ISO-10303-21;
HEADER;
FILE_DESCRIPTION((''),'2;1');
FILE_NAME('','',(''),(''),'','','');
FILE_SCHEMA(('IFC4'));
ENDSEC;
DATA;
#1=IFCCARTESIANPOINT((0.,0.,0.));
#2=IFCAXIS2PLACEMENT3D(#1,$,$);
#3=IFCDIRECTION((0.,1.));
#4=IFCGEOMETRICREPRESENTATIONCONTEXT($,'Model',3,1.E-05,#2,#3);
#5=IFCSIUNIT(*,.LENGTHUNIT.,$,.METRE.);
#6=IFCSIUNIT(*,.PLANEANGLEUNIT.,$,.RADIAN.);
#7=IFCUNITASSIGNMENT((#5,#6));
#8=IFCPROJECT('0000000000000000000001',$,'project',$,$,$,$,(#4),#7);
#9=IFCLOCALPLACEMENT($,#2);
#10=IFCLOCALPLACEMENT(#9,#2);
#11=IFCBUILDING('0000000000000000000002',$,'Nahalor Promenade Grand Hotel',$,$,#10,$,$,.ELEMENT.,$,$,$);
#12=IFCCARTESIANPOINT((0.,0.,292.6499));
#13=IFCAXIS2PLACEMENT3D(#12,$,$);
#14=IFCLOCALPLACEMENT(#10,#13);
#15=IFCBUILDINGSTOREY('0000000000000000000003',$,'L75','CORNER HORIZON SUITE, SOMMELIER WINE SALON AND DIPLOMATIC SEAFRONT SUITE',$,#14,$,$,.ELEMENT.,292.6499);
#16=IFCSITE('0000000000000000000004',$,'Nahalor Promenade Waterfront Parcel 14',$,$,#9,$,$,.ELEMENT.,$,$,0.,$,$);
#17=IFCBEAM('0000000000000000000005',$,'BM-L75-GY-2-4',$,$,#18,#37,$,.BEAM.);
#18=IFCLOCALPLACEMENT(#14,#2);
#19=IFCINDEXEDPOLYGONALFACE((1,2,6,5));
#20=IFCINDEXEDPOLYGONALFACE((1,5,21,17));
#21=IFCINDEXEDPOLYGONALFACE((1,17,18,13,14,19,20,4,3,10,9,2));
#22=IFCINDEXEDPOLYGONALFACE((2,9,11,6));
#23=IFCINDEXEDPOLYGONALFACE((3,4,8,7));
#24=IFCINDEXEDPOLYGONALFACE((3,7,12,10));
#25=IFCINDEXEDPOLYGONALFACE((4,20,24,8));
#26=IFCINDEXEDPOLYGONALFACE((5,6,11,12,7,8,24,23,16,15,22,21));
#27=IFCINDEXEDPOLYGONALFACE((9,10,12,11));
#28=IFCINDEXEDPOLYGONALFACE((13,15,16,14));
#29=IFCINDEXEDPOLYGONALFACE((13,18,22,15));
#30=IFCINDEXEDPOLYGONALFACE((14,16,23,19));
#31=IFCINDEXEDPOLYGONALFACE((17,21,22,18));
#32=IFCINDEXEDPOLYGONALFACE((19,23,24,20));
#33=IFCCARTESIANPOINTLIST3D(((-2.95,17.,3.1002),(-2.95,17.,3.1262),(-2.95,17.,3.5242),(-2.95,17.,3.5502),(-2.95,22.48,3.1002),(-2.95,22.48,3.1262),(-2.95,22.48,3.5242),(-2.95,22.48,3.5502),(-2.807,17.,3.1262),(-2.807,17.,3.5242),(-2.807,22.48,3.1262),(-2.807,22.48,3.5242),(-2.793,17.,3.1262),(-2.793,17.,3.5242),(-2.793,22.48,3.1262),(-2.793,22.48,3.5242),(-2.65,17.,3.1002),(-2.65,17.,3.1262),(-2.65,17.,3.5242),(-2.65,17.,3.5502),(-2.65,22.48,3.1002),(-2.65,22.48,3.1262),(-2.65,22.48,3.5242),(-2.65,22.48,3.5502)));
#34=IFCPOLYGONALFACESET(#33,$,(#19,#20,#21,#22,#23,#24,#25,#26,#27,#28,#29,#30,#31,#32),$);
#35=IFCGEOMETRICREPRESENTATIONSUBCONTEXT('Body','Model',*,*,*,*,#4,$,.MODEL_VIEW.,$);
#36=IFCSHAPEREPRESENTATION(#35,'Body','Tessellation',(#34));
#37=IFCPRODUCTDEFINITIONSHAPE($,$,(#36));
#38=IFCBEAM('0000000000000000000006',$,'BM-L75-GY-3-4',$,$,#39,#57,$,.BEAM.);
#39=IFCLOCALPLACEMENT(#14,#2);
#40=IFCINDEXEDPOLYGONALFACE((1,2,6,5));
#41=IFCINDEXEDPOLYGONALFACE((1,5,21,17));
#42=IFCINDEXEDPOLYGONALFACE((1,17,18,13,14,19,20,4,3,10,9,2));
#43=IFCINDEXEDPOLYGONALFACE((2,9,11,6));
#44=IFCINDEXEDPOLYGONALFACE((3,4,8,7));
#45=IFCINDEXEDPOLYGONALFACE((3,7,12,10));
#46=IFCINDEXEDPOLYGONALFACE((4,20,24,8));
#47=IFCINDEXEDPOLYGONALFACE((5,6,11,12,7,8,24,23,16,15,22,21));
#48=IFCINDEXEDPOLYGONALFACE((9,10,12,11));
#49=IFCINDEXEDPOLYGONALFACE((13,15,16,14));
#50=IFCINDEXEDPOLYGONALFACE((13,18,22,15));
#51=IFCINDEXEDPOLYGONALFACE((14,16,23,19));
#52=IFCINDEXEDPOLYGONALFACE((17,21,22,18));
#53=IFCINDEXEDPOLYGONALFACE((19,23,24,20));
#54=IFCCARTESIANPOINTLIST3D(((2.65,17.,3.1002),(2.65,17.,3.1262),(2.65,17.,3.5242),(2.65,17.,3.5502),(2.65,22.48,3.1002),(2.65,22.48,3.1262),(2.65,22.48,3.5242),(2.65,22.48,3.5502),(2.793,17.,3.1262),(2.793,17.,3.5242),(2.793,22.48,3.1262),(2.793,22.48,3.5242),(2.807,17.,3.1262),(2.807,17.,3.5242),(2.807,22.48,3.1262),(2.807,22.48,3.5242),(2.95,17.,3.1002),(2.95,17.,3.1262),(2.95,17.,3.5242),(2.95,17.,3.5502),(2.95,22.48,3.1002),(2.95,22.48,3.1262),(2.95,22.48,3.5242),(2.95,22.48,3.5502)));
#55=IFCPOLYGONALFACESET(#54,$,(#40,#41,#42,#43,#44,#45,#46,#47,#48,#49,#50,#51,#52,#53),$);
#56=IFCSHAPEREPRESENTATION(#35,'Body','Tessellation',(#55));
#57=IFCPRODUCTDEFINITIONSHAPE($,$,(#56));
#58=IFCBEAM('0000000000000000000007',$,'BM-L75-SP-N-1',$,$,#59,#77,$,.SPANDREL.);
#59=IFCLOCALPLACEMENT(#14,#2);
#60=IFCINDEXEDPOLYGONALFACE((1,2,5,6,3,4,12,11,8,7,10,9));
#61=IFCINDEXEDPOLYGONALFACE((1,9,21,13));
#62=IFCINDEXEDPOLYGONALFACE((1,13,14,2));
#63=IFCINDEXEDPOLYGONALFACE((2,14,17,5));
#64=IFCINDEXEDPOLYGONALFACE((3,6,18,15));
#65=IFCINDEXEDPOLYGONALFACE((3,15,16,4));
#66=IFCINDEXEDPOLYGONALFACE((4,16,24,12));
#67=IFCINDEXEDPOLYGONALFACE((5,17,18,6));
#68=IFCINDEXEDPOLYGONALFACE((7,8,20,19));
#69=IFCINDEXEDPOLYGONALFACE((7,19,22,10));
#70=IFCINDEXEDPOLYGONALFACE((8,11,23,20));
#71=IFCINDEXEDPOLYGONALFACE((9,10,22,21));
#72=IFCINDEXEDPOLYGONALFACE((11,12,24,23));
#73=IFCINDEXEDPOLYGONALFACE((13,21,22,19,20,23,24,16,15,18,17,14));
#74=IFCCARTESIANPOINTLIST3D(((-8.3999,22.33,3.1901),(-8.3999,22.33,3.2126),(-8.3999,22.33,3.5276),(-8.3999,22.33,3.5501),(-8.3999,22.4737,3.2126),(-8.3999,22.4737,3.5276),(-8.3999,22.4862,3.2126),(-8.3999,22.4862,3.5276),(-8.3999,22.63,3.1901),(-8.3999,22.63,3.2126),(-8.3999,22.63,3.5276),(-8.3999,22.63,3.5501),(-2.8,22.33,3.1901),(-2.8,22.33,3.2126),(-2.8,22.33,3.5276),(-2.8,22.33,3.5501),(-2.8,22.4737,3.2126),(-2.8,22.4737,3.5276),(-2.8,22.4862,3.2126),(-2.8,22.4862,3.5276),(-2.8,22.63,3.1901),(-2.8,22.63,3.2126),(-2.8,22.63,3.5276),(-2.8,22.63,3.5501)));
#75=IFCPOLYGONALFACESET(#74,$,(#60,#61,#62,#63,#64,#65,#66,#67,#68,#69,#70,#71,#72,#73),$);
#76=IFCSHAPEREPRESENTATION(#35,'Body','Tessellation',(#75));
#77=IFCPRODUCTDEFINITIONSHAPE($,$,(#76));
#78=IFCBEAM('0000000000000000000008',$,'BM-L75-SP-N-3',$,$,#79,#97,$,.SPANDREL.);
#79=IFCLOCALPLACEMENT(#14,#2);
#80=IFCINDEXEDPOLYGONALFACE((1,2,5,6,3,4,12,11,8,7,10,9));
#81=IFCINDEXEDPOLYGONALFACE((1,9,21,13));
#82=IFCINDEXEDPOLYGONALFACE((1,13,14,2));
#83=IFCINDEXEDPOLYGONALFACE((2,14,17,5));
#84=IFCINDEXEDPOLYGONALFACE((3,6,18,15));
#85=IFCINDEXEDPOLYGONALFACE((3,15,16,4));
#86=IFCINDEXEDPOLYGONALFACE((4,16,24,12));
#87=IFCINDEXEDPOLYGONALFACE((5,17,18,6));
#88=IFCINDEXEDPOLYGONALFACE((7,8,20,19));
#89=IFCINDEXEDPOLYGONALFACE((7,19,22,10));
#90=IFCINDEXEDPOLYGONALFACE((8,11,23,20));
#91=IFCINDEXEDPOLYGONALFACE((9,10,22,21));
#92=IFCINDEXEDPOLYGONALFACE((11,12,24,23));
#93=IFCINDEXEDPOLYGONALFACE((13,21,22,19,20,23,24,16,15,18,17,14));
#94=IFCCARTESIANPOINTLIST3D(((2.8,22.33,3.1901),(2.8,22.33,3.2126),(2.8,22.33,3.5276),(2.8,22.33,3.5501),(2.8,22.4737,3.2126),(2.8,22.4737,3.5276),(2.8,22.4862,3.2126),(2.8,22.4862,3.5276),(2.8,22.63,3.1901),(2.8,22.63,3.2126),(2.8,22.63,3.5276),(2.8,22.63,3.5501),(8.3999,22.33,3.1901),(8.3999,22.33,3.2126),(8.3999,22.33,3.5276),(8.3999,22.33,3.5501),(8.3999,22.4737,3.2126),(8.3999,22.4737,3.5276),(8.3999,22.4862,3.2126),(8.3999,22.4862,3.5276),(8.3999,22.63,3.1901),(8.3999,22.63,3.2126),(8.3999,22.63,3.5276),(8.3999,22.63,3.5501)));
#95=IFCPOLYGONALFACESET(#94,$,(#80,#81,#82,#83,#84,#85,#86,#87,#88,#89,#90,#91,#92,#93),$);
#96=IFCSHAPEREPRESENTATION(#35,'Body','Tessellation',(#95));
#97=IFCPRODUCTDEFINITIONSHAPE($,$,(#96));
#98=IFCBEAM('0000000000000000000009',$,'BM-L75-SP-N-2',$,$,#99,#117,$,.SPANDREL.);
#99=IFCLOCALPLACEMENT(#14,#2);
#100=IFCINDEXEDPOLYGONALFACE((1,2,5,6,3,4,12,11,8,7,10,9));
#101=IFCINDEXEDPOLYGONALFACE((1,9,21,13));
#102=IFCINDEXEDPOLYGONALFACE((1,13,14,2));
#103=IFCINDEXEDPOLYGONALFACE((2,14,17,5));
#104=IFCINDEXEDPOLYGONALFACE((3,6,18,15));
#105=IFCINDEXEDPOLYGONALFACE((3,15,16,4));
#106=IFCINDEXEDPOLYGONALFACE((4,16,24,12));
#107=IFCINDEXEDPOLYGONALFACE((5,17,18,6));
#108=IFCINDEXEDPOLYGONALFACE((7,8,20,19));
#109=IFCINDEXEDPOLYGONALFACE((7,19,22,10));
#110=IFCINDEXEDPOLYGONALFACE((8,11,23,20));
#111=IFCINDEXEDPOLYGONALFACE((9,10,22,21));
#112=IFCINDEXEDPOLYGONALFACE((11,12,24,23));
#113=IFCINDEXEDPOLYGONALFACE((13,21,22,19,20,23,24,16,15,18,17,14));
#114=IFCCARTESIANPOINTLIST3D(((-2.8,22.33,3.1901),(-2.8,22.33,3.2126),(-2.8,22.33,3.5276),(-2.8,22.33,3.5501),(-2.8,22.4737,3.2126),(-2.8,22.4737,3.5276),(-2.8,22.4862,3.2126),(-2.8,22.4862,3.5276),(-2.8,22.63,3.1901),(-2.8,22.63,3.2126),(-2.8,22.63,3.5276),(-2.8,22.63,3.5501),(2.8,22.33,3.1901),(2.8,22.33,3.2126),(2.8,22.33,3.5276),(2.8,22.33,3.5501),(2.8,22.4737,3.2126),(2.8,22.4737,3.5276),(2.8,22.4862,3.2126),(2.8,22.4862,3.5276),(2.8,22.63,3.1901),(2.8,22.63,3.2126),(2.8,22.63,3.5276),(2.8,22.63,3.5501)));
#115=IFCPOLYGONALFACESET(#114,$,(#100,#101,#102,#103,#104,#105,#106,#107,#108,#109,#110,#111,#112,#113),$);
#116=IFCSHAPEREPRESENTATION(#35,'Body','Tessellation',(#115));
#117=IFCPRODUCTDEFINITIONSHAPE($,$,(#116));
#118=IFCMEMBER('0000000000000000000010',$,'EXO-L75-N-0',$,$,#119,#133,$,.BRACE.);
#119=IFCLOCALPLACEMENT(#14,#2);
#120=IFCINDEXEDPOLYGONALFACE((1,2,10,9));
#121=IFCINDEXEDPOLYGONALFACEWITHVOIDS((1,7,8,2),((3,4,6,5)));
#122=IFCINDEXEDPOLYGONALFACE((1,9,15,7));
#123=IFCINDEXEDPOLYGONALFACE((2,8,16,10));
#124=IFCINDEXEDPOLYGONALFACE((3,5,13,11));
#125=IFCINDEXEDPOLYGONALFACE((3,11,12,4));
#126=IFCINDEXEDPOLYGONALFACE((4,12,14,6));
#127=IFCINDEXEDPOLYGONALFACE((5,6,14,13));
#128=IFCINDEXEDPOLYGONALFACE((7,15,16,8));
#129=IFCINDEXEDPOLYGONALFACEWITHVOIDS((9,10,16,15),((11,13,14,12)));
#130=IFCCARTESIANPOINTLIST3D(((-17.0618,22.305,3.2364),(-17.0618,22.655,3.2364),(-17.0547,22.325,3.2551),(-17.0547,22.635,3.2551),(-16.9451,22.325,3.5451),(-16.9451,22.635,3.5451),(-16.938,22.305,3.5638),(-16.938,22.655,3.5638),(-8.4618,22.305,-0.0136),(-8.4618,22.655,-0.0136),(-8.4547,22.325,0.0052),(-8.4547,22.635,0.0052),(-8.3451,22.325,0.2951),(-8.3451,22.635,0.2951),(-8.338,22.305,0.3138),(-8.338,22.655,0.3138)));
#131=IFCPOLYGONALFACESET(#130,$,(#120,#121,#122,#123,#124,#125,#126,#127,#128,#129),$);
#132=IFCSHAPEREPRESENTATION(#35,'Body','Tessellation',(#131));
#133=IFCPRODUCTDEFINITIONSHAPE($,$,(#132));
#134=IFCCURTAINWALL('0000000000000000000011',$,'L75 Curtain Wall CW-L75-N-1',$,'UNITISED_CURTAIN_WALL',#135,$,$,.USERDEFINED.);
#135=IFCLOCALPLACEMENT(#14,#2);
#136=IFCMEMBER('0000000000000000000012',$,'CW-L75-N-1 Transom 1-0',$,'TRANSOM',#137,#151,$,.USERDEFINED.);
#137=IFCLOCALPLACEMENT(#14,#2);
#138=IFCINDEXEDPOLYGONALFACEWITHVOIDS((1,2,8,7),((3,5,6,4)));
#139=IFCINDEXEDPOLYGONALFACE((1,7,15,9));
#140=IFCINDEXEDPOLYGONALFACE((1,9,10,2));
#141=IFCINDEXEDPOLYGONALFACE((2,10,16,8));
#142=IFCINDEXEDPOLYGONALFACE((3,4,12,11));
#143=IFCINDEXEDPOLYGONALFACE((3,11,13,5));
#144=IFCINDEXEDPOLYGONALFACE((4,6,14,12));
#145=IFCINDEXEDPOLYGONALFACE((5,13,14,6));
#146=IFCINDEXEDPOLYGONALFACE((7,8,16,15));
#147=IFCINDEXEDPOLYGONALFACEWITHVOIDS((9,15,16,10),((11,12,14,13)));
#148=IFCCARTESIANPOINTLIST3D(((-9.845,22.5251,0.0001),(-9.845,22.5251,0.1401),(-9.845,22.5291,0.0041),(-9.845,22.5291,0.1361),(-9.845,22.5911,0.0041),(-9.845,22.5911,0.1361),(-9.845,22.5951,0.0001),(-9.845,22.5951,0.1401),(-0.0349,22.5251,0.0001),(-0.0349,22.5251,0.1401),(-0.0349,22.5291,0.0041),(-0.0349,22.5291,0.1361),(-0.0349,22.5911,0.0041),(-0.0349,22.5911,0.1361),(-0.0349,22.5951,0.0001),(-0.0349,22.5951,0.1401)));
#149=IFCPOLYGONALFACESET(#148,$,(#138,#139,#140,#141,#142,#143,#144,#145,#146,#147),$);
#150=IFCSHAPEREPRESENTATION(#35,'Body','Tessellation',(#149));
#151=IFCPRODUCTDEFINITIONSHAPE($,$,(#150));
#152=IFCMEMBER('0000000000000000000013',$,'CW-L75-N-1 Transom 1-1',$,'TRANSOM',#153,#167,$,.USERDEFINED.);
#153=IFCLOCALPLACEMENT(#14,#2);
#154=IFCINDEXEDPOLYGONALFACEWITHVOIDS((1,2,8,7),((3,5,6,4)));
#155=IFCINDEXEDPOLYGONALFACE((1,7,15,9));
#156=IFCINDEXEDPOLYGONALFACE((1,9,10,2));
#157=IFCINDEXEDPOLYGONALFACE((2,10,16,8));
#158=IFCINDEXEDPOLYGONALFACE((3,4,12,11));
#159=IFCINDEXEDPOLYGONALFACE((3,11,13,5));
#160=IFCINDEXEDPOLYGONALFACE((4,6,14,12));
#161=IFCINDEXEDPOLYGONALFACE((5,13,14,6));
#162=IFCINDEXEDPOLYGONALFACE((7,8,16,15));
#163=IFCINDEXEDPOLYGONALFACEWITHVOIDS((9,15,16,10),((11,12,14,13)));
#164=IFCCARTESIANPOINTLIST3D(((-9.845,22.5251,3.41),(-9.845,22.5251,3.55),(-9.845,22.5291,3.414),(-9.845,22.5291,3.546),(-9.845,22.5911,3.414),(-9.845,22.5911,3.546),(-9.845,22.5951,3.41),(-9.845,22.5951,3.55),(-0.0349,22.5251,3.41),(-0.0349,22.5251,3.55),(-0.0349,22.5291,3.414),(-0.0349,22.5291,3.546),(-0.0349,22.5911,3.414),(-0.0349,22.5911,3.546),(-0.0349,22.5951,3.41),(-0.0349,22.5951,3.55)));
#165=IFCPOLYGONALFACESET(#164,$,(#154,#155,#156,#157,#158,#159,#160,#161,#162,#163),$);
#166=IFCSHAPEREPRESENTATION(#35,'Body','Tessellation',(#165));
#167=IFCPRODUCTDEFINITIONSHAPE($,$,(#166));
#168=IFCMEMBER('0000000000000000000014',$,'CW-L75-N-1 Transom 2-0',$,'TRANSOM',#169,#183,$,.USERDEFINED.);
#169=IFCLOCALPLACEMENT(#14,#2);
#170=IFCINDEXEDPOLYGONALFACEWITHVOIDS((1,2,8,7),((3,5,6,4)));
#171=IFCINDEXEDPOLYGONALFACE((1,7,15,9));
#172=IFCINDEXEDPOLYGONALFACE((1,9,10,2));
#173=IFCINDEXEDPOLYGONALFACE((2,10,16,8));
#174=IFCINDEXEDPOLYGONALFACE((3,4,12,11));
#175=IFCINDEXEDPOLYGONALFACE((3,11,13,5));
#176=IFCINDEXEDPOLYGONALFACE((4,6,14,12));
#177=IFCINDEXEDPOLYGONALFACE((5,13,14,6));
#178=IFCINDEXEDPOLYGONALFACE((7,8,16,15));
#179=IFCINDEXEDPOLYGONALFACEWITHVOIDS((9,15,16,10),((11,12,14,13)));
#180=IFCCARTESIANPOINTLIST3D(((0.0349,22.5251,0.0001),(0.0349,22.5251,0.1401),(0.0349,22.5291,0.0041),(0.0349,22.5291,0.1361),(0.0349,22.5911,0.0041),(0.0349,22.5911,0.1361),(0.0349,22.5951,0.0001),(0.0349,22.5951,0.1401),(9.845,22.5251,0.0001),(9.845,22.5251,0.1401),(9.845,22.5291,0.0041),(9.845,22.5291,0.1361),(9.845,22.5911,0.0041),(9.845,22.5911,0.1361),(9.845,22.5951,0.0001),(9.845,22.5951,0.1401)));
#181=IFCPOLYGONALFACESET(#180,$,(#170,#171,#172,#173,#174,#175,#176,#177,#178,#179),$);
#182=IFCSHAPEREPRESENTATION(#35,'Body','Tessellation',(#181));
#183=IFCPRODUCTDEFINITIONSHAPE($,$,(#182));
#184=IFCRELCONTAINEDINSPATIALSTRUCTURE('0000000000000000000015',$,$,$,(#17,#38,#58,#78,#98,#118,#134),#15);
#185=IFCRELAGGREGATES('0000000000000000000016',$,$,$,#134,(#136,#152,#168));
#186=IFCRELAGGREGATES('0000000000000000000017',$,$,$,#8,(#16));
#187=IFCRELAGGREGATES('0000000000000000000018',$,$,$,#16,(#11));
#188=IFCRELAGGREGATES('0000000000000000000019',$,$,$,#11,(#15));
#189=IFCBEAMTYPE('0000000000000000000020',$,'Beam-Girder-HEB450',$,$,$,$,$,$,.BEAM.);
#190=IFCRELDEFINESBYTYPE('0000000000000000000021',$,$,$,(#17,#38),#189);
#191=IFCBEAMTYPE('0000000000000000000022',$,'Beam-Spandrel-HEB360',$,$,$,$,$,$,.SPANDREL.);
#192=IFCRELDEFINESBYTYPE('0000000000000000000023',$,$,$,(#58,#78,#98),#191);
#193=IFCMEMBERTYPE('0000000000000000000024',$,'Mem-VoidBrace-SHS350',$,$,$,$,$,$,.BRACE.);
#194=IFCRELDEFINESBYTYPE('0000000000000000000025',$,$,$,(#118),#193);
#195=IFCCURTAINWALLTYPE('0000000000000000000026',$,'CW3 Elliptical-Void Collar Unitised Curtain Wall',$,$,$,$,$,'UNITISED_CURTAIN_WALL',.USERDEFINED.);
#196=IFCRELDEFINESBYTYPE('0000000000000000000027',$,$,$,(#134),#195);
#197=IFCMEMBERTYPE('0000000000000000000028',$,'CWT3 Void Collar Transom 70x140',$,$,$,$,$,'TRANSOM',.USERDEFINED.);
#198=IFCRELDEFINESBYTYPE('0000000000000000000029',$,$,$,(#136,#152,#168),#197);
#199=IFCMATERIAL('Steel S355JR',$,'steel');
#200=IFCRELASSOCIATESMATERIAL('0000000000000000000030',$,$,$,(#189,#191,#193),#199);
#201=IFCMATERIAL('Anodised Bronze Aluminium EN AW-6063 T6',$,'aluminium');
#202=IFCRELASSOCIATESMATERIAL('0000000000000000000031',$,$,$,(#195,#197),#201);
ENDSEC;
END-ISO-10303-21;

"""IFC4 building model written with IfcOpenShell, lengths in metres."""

from ifc_helpers import new_model, si_unit, direction, frame, origin, origin_2d, place, context, subcontext, project, spatial, hollow_rectangle, i_section, extrude, source, transform, mapped, material, material_profile, profile_set, type_object, element, aggregate, save


model = new_model("IFC4")

# Units and contexts
model_context = context("Model", 3, precision=1e-05, world=origin(), true_north=direction((0.0, 1.0)))
body_context = subcontext(model_context, "Body", "Model", "MODEL_VIEW")
ifc_project = project(units=[si_unit("LENGTHUNIT", "METRE"), si_unit("PLANEANGLEUNIT", "RADIAN")], contexts=[model_context])

# Site, building, storey
site_placement = place(None, origin())
site = spatial("IfcSite", under=ifc_project, at=site_placement, Name="Nahalor Promenade Waterfront Parcel 14", CompositionType="ELEMENT", RefElevation=0.0)
building_placement = place(site_placement, origin())
building = spatial("IfcBuilding", under=site, at=building_placement, Name="Nahalor Promenade Grand Hotel", CompositionType="ELEMENT")
storey_placement = place(building_placement, frame((0.0, 0.0, 292.6499)))
storey = spatial("IfcBuildingStorey", under=building, at=storey_placement, Name="L75", Description="CORNER HORIZON SUITE, SOMMELIER WINE SALON AND DIPLOMATIC SEAFRONT SUITE", CompositionType="ELEMENT", Elevation=292.6499)

# Shared definitions
ifc_material_1 = material(Name="Steel S355JR", Category="steel")

# Beams
ifc_material_profile_1 = material_profile(ifc_material_1, i_section(OverallWidth=0.3, OverallDepth=0.45, WebThickness=0.014, FlangeThickness=0.026, at=origin_2d()), Name="HEB 450")
ifc_profile_set_1 = profile_set([ifc_material_profile_1], Name="Steel S355JR")
beam_type_1 = type_object("IfcBeamType", Name="Beam-Girder-HEB450", PredefinedType="BEAM", material=ifc_profile_set_1)
shared_shape_1 = source(origin(), body_context, "Body", "SweptSolid", [
    extrude(i_section(OverallWidth=0.3, OverallDepth=0.45, WebThickness=0.014, FlangeThickness=0.026, at=origin_2d()), origin(), (0.0, 0.0, 1.0), 5.48),
])
for number, where, z_axis, x_axis, name in (
    (1, (-2.8, 17.0, 3.3252), (0.0, 1.0, 0.0), (-1.0, 0.0, 0.0), "BM-L75-GY-2-4"),
    (2, (2.8, 17.0, 3.3252), (0.0, 1.0, 0.0), (-1.0, 0.0, 0.0), "BM-L75-GY-3-4"),
):
    element("IfcBeam", number, at=place(storey_placement, frame(where, z_axis=z_axis, x_axis=x_axis)), inside=storey, type_object=beam_type_1, Name=name, PredefinedType="BEAM", context=body_context, shape_type="MappedRepresentation", body=[
        mapped(shared_shape_1, transform((0.0, 0.0, 0.0), scale=1.0)),
    ])
ifc_material_profile_2 = material_profile(ifc_material_1, i_section(OverallWidth=0.3, OverallDepth=0.36, WebThickness=0.0125, FlangeThickness=0.0225, at=origin_2d()), Name="HEB 360")
ifc_profile_set_2 = profile_set([ifc_material_profile_2], Name="Steel S355JR")
beam_type_2 = type_object("IfcBeamType", Name="Beam-Spandrel-HEB360", PredefinedType="SPANDREL", material=ifc_profile_set_2)
shared_shape_2 = source(origin(), body_context, "Body", "SweptSolid", [
    extrude(i_section(OverallWidth=0.3, OverallDepth=0.36, WebThickness=0.0125, FlangeThickness=0.0225, at=origin_2d()), origin(), (0.0, 0.0, 1.0), 5.5999),
])
for number, where, z_axis, x_axis, name in (
    (3, (-8.3999, 22.48, 3.3701), (1.0, 0.0, 0.0), (0.0, 1.0, 0.0), "BM-L75-SP-N-1"),
    (4, (2.8, 22.48, 3.3701), (1.0, 0.0, 0.0), (0.0, 1.0, 0.0), "BM-L75-SP-N-3"),
):
    element("IfcBeam", number, at=place(storey_placement, frame(where, z_axis=z_axis, x_axis=x_axis)), inside=storey, type_object=beam_type_2, Name=name, PredefinedType="SPANDREL", context=body_context, shape_type="MappedRepresentation", body=[
        mapped(shared_shape_2, transform((0.0, 0.0, 0.0), scale=1.0)),
    ])
shared_shape_3 = source(origin(), body_context, "Body", "SweptSolid", [
    extrude(i_section(OverallWidth=0.3, OverallDepth=0.36, WebThickness=0.0125, FlangeThickness=0.0225, at=origin_2d()), origin(), (0.0, 0.0, 1.0), 5.6001),
])
beam_1_placement = place(storey_placement, frame((-2.8, 22.48, 3.3701), z_axis=(1.0, 0.0, 0.0), x_axis=(0.0, 1.0, 0.0)))
element("IfcBeam", 5, at=beam_1_placement, inside=storey, type_object=beam_type_2, Name="BM-L75-SP-N-2", PredefinedType="SPANDREL", context=body_context, shape_type="MappedRepresentation", body=[
    mapped(shared_shape_3, transform((0.0, 0.0, 0.0), scale=1.0)),
])

# Member
ifc_material_profile_3 = material_profile(ifc_material_1, hollow_rectangle(XDim=0.35, YDim=0.35, WallThickness=0.02, at=origin_2d()), Name="SHS 350x350x20")
ifc_profile_set_3 = profile_set([ifc_material_profile_3], Name="Steel S355JR")
member_type_1 = type_object("IfcMemberType", Name="Mem-VoidBrace-SHS350", PredefinedType="BRACE", material=ifc_profile_set_3)
shared_shape_4 = source(origin(), body_context, "Body", "SweptSolid", [
    extrude(hollow_rectangle(XDim=0.35, YDim=0.35, WallThickness=0.02, at=origin_2d()), origin(), (0.0, 0.0, 1.0), 9.1936),
])
member_1_placement = place(storey_placement, frame((-8.3999, 22.48, 0.1501), z_axis=(-0.935433, 0.0, 0.353503), x_axis=(0.0, -1.0, 0.0)))
element("IfcMember", 6, at=member_1_placement, inside=storey, type_object=member_type_1, Name="EXO-L75-N-0", PredefinedType="BRACE", context=body_context, shape_type="MappedRepresentation", body=[
    mapped(shared_shape_4, transform((0.0, 0.0, 0.0), scale=1.0)),
])

# Curtain wall, members
ifc_material_2 = material(Name="Anodised Bronze Aluminium EN AW-6063 T6", Category="aluminium")
curtain_wall_type = type_object("IfcCurtainWallType", Name="CW3 Elliptical-Void Collar Unitised Curtain Wall", ElementType="UNITISED_CURTAIN_WALL", PredefinedType="USERDEFINED", material=ifc_material_2)
curtain_wall_placement = place(storey_placement, origin())
curtain_wall = element("IfcCurtainWall", 7, at=curtain_wall_placement, inside=storey, type_object=curtain_wall_type, Name="L75 Curtain Wall CW-L75-N-1", ObjectType="UNITISED_CURTAIN_WALL", PredefinedType="USERDEFINED")
ifc_material_profile_4 = material_profile(ifc_material_2, hollow_rectangle(XDim=0.07, YDim=0.14, WallThickness=0.004, at=origin_2d()), Name="CWT 70x140x4")
ifc_profile_set_4 = profile_set([ifc_material_profile_4], Name="Anodised Bronze Aluminium EN AW-6063 T6")
member_type_2 = type_object("IfcMemberType", Name="CWT3 Void Collar Transom 70x140", ElementType="TRANSOM", PredefinedType="USERDEFINED", material=ifc_profile_set_4)
shared_shape_5 = source(origin(), body_context, "Body", "SweptSolid", [
    extrude(hollow_rectangle(XDim=0.07, YDim=0.14, WallThickness=0.004, at=origin_2d()), origin(), (0.0, 0.0, 1.0), 9.8101),
])
member_2_placement = place(storey_placement, frame((-9.845, 22.5601, 0.0701), z_axis=(1.0, 0.0, 0.0), x_axis=(0.0, 1.0, 0.0)))
member_2 = element("IfcMember", 8, at=member_2_placement, type_object=member_type_2, Name="CW-L75-N-1 Transom 1-0", ObjectType="TRANSOM", PredefinedType="USERDEFINED", context=body_context, shape_type="MappedRepresentation", body=[
    mapped(shared_shape_5, transform((0.0, 0.0, 0.0), scale=1.0)),
])
member_3_placement = place(storey_placement, frame((-9.845, 22.5601, 3.48), z_axis=(1.0, 0.0, 0.0), x_axis=(0.0, 1.0, 0.0)))
member_3 = element("IfcMember", 9, at=member_3_placement, type_object=member_type_2, Name="CW-L75-N-1 Transom 1-1", ObjectType="TRANSOM", PredefinedType="USERDEFINED", context=body_context, shape_type="MappedRepresentation", body=[
    mapped(shared_shape_5, transform((0.0, 0.0, 0.0), scale=1.0)),
])
member_4_placement = place(storey_placement, frame((0.0349, 22.5601, 0.0701), z_axis=(1.0, 0.0, 0.0), x_axis=(0.0, 1.0, 0.0)))
member_4 = element("IfcMember", 10, at=member_4_placement, type_object=member_type_2, Name="CW-L75-N-1 Transom 2-0", ObjectType="TRANSOM", PredefinedType="USERDEFINED", context=body_context, shape_type="MappedRepresentation", body=[
    mapped(shared_shape_5, transform((0.0, 0.0, 0.0), scale=1.0)),
])
aggregate(curtain_wall, [member_2, member_3, member_4])

save(model, "model.ifc")
